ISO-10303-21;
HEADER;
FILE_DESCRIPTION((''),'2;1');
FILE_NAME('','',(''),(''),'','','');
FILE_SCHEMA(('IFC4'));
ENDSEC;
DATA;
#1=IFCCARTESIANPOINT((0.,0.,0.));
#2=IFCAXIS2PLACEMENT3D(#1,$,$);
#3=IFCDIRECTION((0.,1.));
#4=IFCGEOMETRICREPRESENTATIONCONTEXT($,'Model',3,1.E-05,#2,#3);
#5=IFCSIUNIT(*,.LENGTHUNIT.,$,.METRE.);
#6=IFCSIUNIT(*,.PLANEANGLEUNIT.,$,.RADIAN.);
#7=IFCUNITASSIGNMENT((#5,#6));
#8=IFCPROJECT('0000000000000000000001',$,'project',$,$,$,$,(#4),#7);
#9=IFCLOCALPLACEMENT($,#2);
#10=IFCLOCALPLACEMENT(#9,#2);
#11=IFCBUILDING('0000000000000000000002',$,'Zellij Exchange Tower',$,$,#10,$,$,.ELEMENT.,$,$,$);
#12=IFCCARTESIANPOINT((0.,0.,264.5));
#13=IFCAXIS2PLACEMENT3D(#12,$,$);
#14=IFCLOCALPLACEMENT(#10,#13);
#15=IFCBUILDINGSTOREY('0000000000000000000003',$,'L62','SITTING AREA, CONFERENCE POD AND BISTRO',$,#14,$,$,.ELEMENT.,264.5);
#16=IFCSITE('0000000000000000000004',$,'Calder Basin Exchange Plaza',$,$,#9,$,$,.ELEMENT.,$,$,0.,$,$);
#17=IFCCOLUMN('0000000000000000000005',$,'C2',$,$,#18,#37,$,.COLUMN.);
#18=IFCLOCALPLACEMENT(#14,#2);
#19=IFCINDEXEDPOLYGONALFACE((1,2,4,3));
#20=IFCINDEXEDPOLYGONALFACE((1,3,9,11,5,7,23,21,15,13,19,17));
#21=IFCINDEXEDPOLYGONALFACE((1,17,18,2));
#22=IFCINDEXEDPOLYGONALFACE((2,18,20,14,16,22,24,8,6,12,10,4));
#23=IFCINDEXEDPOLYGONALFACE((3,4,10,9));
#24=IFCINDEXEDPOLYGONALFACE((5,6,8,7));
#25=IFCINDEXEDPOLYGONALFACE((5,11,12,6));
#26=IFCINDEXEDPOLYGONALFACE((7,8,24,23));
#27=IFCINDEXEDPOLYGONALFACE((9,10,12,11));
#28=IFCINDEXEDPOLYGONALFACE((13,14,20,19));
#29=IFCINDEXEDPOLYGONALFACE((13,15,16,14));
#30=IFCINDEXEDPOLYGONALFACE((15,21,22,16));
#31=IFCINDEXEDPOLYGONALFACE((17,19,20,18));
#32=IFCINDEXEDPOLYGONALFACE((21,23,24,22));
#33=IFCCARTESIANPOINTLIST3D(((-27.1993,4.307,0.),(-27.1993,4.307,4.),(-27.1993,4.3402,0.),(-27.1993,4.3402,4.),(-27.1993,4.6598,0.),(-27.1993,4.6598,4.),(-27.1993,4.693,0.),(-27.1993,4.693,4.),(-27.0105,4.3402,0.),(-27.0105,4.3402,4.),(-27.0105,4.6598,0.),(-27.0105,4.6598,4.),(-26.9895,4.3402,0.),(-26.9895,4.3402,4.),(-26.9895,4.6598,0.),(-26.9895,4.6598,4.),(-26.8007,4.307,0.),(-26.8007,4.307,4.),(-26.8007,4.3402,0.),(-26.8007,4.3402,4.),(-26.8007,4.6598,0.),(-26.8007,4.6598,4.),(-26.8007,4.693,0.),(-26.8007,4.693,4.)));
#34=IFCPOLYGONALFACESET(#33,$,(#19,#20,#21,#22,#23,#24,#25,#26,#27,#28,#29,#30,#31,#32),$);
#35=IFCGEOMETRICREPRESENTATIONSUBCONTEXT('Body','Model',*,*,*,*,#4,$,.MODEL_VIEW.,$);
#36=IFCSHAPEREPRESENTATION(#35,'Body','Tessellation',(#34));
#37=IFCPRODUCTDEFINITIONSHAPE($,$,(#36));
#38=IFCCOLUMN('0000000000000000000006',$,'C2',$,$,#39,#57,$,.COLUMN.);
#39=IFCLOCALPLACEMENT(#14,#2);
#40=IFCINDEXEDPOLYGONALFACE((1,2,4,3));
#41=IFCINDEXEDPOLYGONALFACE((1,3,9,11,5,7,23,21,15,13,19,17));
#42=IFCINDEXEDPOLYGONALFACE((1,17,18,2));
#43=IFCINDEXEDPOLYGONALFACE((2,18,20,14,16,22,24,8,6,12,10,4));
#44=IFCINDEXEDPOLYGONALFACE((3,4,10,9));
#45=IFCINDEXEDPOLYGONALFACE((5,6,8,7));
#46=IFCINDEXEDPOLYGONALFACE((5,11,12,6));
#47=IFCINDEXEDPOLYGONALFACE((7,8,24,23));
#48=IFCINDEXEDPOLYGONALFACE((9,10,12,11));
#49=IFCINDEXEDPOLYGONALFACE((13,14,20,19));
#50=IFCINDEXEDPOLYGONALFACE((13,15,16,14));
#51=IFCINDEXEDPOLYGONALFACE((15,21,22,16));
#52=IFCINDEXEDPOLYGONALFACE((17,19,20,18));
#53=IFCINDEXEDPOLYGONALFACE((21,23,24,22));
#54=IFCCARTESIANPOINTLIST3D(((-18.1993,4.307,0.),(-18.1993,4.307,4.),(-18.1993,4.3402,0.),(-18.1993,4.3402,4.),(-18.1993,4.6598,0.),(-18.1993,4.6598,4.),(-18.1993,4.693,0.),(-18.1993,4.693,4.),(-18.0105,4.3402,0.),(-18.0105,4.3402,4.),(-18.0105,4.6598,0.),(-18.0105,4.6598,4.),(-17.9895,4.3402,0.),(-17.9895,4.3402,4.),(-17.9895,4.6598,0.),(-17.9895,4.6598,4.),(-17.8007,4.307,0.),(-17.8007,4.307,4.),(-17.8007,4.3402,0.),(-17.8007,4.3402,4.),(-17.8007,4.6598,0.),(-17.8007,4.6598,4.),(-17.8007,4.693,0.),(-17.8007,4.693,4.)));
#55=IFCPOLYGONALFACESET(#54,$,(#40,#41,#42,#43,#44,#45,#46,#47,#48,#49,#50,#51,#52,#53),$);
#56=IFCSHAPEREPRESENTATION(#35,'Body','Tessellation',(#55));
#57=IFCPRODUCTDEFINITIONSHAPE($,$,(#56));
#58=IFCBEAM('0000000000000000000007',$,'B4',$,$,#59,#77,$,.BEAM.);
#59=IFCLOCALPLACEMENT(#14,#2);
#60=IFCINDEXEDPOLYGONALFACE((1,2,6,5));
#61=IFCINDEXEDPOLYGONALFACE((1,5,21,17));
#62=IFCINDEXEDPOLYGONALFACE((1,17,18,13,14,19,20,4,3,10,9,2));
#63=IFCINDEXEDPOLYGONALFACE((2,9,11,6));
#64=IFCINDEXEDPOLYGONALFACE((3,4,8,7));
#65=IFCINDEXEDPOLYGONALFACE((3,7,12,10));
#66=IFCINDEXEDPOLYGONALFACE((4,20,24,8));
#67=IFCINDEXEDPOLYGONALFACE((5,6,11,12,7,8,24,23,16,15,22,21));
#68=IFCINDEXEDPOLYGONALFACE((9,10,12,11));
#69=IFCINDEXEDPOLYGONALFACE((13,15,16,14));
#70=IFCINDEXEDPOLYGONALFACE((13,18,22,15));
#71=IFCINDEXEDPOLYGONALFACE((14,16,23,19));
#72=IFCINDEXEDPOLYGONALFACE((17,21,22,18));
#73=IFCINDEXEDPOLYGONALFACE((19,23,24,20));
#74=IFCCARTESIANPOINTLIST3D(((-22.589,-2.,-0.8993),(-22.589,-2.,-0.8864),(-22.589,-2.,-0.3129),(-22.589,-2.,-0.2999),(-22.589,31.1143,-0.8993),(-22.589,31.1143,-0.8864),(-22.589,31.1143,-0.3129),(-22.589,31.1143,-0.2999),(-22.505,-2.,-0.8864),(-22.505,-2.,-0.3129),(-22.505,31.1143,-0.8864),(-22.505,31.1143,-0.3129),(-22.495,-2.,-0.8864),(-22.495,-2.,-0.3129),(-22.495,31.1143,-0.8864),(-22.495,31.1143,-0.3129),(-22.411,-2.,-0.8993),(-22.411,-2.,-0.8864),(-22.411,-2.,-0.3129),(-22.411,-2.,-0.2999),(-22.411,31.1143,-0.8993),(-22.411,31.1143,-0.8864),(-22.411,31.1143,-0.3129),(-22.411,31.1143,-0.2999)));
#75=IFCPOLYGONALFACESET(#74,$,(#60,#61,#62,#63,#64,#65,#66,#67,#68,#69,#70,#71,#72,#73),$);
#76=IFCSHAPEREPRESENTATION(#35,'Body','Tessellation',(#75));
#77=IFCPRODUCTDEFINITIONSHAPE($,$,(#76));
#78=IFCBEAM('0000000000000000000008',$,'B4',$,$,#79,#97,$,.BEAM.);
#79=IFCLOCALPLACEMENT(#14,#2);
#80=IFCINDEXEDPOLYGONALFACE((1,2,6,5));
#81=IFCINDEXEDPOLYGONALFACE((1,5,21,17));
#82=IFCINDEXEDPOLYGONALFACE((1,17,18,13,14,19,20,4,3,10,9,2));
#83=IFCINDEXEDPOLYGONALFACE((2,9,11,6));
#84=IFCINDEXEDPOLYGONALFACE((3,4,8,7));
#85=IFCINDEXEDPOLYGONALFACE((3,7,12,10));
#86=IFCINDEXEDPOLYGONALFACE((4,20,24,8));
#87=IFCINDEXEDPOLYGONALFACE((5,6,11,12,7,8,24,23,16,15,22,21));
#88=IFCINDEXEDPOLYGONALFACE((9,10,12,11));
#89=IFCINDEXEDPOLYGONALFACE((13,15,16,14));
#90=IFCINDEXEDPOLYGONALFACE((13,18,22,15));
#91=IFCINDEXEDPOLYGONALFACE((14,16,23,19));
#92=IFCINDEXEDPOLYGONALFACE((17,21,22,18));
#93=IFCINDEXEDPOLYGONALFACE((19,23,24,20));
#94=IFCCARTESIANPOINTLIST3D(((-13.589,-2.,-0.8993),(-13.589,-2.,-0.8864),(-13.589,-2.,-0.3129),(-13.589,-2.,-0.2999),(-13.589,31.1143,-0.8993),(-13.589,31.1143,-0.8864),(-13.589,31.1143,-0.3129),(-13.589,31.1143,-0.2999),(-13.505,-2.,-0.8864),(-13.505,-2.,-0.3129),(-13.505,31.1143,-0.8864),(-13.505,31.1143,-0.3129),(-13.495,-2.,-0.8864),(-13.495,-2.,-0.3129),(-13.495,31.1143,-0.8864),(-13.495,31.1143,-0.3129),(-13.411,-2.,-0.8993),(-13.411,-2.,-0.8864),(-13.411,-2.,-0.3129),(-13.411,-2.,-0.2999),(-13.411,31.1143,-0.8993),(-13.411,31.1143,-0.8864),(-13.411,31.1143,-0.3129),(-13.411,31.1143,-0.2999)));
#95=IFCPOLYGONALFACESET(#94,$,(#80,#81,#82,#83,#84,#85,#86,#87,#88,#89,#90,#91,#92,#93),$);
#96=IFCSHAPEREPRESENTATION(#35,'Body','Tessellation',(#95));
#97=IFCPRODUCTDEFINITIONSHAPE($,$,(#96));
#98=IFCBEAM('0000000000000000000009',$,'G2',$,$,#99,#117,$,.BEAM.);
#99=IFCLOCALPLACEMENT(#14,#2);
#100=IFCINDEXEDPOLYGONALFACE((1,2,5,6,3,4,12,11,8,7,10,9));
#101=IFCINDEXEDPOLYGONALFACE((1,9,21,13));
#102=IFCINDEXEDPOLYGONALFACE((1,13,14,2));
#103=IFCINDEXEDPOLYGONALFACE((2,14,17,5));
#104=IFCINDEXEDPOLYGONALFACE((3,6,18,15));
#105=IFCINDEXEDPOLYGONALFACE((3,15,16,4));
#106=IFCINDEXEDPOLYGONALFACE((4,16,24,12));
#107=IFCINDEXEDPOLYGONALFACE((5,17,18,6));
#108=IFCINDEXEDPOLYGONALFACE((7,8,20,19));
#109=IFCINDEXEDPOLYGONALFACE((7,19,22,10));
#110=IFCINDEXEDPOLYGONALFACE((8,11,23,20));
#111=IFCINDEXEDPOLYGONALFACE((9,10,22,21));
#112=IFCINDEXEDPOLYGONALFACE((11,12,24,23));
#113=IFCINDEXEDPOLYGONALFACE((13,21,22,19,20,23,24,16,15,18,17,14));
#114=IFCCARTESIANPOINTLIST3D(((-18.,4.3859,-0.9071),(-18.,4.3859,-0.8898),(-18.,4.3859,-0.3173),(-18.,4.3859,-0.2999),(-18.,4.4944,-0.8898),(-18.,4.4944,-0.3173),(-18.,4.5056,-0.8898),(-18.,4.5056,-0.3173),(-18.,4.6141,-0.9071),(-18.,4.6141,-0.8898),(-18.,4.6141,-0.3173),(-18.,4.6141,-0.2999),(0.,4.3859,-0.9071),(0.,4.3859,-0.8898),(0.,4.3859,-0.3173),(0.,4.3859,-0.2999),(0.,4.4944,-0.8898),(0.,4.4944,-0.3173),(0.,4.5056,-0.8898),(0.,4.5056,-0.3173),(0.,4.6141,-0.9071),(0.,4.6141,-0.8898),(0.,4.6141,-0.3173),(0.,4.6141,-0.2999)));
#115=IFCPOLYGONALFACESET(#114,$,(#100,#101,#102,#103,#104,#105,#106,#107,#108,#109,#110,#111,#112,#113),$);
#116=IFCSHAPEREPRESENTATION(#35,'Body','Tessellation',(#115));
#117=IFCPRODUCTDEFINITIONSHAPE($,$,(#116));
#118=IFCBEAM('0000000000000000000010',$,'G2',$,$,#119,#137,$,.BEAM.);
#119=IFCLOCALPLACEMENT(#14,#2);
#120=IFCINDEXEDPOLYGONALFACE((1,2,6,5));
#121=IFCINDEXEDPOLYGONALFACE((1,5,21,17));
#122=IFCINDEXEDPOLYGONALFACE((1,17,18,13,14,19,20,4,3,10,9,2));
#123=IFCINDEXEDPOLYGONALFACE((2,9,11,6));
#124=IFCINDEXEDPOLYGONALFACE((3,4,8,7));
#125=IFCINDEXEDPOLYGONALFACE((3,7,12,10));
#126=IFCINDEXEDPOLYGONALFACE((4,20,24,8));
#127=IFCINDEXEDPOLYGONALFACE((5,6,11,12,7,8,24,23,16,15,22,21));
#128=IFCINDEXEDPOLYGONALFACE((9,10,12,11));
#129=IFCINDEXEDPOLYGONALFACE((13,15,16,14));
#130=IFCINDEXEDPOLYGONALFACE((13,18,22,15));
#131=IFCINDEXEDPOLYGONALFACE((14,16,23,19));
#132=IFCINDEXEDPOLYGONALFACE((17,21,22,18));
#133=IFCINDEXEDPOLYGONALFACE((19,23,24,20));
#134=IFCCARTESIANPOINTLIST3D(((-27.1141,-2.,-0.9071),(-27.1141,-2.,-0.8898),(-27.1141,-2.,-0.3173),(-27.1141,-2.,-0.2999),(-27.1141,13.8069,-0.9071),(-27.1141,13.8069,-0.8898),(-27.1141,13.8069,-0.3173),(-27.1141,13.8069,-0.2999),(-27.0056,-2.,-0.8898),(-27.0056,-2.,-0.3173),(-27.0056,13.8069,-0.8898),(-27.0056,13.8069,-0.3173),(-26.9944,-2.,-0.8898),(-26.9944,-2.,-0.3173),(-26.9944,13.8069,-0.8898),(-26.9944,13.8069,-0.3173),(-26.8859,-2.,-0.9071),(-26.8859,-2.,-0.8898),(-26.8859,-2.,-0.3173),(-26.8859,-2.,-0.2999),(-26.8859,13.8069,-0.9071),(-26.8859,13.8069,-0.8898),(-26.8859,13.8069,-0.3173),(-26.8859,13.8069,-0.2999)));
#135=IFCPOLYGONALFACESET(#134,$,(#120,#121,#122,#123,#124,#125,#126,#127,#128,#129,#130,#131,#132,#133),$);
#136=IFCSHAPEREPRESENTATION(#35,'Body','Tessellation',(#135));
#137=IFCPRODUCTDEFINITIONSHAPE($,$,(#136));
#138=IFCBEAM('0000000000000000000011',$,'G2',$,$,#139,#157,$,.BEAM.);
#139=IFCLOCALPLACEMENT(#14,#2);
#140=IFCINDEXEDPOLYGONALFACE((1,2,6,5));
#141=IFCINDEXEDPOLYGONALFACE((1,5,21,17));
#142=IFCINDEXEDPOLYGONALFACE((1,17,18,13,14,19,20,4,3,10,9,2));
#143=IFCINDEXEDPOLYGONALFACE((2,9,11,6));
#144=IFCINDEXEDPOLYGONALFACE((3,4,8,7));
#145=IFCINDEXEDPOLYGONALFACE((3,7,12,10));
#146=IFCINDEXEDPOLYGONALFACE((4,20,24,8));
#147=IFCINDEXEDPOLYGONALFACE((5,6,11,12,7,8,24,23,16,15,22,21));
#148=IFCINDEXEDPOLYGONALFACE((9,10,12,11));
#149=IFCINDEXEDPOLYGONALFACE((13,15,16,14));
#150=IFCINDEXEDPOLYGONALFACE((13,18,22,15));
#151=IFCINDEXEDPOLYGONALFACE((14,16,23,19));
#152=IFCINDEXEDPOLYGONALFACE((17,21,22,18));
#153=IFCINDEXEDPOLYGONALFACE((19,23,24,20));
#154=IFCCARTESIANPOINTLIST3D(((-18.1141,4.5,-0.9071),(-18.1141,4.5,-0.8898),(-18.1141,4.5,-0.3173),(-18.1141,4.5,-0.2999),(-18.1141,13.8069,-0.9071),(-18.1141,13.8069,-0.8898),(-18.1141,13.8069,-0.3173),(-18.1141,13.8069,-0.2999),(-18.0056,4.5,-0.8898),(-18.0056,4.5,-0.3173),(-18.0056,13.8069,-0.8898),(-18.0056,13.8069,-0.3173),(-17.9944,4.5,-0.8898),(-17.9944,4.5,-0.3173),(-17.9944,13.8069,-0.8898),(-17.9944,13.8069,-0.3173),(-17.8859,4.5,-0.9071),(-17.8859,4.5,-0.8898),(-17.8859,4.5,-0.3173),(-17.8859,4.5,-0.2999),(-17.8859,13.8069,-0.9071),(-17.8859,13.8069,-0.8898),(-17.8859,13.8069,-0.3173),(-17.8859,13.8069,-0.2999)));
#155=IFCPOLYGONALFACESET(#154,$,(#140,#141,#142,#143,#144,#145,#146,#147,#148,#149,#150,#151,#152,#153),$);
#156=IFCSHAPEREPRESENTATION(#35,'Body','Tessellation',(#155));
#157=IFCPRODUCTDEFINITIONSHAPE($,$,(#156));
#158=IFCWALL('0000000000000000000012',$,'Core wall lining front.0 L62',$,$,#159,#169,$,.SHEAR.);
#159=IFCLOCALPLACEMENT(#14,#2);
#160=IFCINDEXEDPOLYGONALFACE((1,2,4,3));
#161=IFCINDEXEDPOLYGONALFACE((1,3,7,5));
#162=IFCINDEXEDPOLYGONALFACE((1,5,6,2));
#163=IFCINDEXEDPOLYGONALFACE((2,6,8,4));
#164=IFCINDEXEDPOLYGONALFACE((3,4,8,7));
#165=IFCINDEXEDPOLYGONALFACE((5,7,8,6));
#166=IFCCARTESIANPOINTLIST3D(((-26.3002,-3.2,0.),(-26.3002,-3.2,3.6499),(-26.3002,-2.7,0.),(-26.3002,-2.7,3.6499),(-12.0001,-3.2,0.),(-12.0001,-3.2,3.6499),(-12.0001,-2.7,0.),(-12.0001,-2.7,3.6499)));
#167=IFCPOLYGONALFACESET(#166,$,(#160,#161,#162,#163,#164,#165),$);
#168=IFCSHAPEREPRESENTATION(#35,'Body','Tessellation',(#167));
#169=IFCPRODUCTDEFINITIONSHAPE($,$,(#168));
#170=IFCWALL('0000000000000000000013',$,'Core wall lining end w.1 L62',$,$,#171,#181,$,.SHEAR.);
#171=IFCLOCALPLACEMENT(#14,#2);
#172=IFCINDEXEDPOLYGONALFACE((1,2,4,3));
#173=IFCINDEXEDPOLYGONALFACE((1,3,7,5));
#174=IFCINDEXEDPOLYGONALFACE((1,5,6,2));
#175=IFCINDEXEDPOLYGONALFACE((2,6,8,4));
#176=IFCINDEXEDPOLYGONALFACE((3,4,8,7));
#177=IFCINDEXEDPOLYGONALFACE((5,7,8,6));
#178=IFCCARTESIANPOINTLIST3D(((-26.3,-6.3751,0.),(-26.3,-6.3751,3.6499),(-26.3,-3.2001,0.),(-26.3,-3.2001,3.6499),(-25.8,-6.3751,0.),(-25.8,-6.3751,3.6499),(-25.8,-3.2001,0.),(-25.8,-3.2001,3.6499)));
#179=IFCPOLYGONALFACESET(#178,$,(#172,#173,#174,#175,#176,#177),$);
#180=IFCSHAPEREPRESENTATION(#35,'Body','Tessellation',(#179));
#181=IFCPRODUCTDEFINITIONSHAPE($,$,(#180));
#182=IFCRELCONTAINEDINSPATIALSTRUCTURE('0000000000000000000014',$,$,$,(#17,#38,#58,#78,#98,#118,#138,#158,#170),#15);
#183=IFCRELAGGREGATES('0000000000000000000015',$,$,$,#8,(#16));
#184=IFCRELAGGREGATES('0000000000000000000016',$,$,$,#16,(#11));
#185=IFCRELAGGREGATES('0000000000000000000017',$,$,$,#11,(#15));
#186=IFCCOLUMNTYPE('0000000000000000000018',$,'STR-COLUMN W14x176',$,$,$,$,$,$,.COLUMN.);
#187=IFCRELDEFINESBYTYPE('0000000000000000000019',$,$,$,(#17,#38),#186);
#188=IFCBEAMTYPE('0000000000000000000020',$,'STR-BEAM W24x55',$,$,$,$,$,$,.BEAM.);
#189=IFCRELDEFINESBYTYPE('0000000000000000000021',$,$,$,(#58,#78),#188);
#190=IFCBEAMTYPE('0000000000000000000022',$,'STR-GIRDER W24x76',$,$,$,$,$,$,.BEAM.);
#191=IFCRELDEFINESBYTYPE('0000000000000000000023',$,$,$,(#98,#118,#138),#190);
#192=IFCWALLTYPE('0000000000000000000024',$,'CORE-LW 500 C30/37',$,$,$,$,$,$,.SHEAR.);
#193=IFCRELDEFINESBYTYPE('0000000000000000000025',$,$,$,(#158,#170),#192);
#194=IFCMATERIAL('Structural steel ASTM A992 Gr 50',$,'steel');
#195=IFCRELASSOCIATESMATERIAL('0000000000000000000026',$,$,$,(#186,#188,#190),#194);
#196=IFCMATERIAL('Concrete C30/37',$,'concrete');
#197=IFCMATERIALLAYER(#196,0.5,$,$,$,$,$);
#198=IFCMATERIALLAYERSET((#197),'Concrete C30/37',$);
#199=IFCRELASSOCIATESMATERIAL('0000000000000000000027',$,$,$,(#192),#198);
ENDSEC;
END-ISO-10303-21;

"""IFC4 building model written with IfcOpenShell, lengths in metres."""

from ifc_helpers import new_model, si_unit, direction, frame, frame_2d, origin, origin_2d, place, context, subcontext, project, spatial, rectangle, i_section, extrude, material, layer, layer_set, material_profile, profile_set, type_object, element, save


model = new_model("IFC4")

# Units and contexts
model_context = context("Model", 3, precision=1e-05, world=origin(), true_north=direction((0.0, 1.0)))
body_context = subcontext(model_context, "Body", "Model", "MODEL_VIEW")
ifc_project = project(units=[si_unit("LENGTHUNIT", "METRE"), si_unit("PLANEANGLEUNIT", "RADIAN")], contexts=[model_context])

# Site, building, storey
site_placement = place(None, origin())
site = spatial("IfcSite", under=ifc_project, at=site_placement, Name="Calder Basin Exchange Plaza", CompositionType="ELEMENT", RefElevation=0.0)
building_placement = place(site_placement, origin())
building = spatial("IfcBuilding", under=site, at=building_placement, Name="Zellij Exchange Tower", CompositionType="ELEMENT")
storey_placement = place(building_placement, frame((0.0, 0.0, 264.5)))
storey = spatial("IfcBuildingStorey", under=building, at=storey_placement, Name="L62", Description="SITTING AREA, CONFERENCE POD AND BISTRO", CompositionType="ELEMENT", Elevation=264.5)

# Columns
ifc_material_1 = material(Name="Structural steel ASTM A992 Gr 50", Category="steel")
ifc_material_profile_1 = material_profile(ifc_material_1, i_section(OverallWidth=0.3987, OverallDepth=0.386, WebThickness=0.021, FlangeThickness=0.0332, at=origin_2d()), Name="W14x176")
ifc_profile_set_1 = profile_set([ifc_material_profile_1], Name="Structural steel ASTM A992 Gr 50")
column_type = type_object("IfcColumnType", Name="STR-COLUMN W14x176", PredefinedType="COLUMN", material=ifc_profile_set_1)
for number, where, z_axis, x_axis, name in (
    (1, (-27.0, 4.5, 0.0), (0.0, 0.0, 1.0), (1.0, 0.0, 0.0), "C2"),
    (2, (-18.0, 4.5, 0.0), (0.0, 0.0, 1.0), (1.0, 0.0, 0.0), "C2"),
):
    element("IfcColumn", number, at=place(storey_placement, frame(where, z_axis=z_axis, x_axis=x_axis)), inside=storey, type_object=column_type, Name=name, PredefinedType="COLUMN", context=body_context, shape_type="SweptSolid", body=[
        extrude(i_section(OverallWidth=0.3987, OverallDepth=0.386, WebThickness=0.021, FlangeThickness=0.0332, at=origin_2d()), origin(), (0.0, 0.0, 1.0), 4.0),
    ])

# Beams
ifc_material_profile_2 = material_profile(ifc_material_1, i_section(OverallWidth=0.178, OverallDepth=0.5994, WebThickness=0.01, FlangeThickness=0.0129, at=origin_2d()), Name="W24x55")
ifc_profile_set_2 = profile_set([ifc_material_profile_2], Name="Structural steel ASTM A992 Gr 50")
beam_type_1 = type_object("IfcBeamType", Name="STR-BEAM W24x55", PredefinedType="BEAM", material=ifc_profile_set_2)
for number, where, z_axis, x_axis, name in (
    (3, (-22.5, -2.0, -0.5996), (0.0, 1.0, 0.0), (-1.0, 0.0, 0.0), "B4"),
    (4, (-13.5, -2.0, -0.5996), (0.0, 1.0, 0.0), (-1.0, 0.0, 0.0), "B4"),
):
    element("IfcBeam", number, at=place(storey_placement, frame(where, z_axis=z_axis, x_axis=x_axis)), inside=storey, type_object=beam_type_1, Name=name, PredefinedType="BEAM", context=body_context, shape_type="SweptSolid", body=[
        extrude(i_section(OverallWidth=0.178, OverallDepth=0.5994, WebThickness=0.01, FlangeThickness=0.0129, at=origin_2d()), origin(), (0.0, 0.0, 1.0), 33.1143),
    ])
ifc_material_profile_3 = material_profile(ifc_material_1, i_section(OverallWidth=0.2283, OverallDepth=0.6072, WebThickness=0.0112, FlangeThickness=0.0173, at=origin_2d()), Name="W24x76")
ifc_profile_set_3 = profile_set([ifc_material_profile_3], Name="Structural steel ASTM A992 Gr 50")
beam_type_2 = type_object("IfcBeamType", Name="STR-GIRDER W24x76", PredefinedType="BEAM", material=ifc_profile_set_3)
beam_1_placement = place(storey_placement, frame((-18.0, 4.5, -0.6035), z_axis=(1.0, 0.0, 0.0), x_axis=(0.0, 1.0, 0.0)))
element("IfcBeam", 5, at=beam_1_placement, inside=storey, type_object=beam_type_2, Name="G2", PredefinedType="BEAM", context=body_context, shape_type="SweptSolid", body=[
    extrude(i_section(OverallWidth=0.2283, OverallDepth=0.6072, WebThickness=0.0112, FlangeThickness=0.0173, at=origin_2d()), origin(), (0.0, 0.0, 1.0), 18.0),
])
beam_2_placement = place(storey_placement, frame((-27.0, -2.0, -0.6035), z_axis=(0.0, 1.0, 0.0), x_axis=(-1.0, 0.0, 0.0)))
element("IfcBeam", 6, at=beam_2_placement, inside=storey, type_object=beam_type_2, Name="G2", PredefinedType="BEAM", context=body_context, shape_type="SweptSolid", body=[
    extrude(i_section(OverallWidth=0.2283, OverallDepth=0.6072, WebThickness=0.0112, FlangeThickness=0.0173, at=origin_2d()), origin(), (0.0, 0.0, 1.0), 15.8069),
])
beam_3_placement = place(storey_placement, frame((-18.0, 4.5, -0.6035), z_axis=(0.0, 1.0, 0.0), x_axis=(-1.0, 0.0, 0.0)))
element("IfcBeam", 7, at=beam_3_placement, inside=storey, type_object=beam_type_2, Name="G2", PredefinedType="BEAM", context=body_context, shape_type="SweptSolid", body=[
    extrude(i_section(OverallWidth=0.2283, OverallDepth=0.6072, WebThickness=0.0112, FlangeThickness=0.0173, at=origin_2d()), origin(), (0.0, 0.0, 1.0), 9.3069),
])

# Walls
ifc_material_2 = material(Name="Concrete C30/37", Category="concrete")
ifc_layer_1 = layer(ifc_material_2, 0.5)
ifc_layer_set_1 = layer_set([ifc_layer_1], Name="Concrete C30/37")
wall_type_1 = type_object("IfcWallType", Name="CORE-LW 500 C30/37", PredefinedType="SHEAR", material=ifc_layer_set_1)
wall_1_placement = place(storey_placement, frame((-26.3, -2.95, 0.0), z_axis=(0.0, 0.0, 1.0), x_axis=(1.0, 0.0, 0.0)))
element("IfcWall", 8, at=wall_1_placement, inside=storey, type_object=wall_type_1, Name="Core wall lining front.0 L62", PredefinedType="SHEAR", context=body_context, shape_type="SweptSolid", body=[
    extrude(rectangle(XDim=14.3, YDim=0.5, at=frame_2d((7.1499, 0.0))), origin(), (0.0, 0.0, 1.0), 3.6499),
])
wall_2_placement = place(storey_placement, frame((-26.05, -6.375, 0.0), z_axis=(0.0, 0.0, 1.0), x_axis=(0.0, 1.0, 0.0)))
element("IfcWall", 9, at=wall_2_placement, inside=storey, type_object=wall_type_1, Name="Core wall lining end w.1 L62", PredefinedType="SHEAR", context=body_context, shape_type="SweptSolid", body=[
    extrude(rectangle(XDim=3.175, YDim=0.5, at=frame_2d((1.5874, 0.0))), origin(), (0.0, 0.0, 1.0), 3.6499),
])

save(model, "model.ifc")
